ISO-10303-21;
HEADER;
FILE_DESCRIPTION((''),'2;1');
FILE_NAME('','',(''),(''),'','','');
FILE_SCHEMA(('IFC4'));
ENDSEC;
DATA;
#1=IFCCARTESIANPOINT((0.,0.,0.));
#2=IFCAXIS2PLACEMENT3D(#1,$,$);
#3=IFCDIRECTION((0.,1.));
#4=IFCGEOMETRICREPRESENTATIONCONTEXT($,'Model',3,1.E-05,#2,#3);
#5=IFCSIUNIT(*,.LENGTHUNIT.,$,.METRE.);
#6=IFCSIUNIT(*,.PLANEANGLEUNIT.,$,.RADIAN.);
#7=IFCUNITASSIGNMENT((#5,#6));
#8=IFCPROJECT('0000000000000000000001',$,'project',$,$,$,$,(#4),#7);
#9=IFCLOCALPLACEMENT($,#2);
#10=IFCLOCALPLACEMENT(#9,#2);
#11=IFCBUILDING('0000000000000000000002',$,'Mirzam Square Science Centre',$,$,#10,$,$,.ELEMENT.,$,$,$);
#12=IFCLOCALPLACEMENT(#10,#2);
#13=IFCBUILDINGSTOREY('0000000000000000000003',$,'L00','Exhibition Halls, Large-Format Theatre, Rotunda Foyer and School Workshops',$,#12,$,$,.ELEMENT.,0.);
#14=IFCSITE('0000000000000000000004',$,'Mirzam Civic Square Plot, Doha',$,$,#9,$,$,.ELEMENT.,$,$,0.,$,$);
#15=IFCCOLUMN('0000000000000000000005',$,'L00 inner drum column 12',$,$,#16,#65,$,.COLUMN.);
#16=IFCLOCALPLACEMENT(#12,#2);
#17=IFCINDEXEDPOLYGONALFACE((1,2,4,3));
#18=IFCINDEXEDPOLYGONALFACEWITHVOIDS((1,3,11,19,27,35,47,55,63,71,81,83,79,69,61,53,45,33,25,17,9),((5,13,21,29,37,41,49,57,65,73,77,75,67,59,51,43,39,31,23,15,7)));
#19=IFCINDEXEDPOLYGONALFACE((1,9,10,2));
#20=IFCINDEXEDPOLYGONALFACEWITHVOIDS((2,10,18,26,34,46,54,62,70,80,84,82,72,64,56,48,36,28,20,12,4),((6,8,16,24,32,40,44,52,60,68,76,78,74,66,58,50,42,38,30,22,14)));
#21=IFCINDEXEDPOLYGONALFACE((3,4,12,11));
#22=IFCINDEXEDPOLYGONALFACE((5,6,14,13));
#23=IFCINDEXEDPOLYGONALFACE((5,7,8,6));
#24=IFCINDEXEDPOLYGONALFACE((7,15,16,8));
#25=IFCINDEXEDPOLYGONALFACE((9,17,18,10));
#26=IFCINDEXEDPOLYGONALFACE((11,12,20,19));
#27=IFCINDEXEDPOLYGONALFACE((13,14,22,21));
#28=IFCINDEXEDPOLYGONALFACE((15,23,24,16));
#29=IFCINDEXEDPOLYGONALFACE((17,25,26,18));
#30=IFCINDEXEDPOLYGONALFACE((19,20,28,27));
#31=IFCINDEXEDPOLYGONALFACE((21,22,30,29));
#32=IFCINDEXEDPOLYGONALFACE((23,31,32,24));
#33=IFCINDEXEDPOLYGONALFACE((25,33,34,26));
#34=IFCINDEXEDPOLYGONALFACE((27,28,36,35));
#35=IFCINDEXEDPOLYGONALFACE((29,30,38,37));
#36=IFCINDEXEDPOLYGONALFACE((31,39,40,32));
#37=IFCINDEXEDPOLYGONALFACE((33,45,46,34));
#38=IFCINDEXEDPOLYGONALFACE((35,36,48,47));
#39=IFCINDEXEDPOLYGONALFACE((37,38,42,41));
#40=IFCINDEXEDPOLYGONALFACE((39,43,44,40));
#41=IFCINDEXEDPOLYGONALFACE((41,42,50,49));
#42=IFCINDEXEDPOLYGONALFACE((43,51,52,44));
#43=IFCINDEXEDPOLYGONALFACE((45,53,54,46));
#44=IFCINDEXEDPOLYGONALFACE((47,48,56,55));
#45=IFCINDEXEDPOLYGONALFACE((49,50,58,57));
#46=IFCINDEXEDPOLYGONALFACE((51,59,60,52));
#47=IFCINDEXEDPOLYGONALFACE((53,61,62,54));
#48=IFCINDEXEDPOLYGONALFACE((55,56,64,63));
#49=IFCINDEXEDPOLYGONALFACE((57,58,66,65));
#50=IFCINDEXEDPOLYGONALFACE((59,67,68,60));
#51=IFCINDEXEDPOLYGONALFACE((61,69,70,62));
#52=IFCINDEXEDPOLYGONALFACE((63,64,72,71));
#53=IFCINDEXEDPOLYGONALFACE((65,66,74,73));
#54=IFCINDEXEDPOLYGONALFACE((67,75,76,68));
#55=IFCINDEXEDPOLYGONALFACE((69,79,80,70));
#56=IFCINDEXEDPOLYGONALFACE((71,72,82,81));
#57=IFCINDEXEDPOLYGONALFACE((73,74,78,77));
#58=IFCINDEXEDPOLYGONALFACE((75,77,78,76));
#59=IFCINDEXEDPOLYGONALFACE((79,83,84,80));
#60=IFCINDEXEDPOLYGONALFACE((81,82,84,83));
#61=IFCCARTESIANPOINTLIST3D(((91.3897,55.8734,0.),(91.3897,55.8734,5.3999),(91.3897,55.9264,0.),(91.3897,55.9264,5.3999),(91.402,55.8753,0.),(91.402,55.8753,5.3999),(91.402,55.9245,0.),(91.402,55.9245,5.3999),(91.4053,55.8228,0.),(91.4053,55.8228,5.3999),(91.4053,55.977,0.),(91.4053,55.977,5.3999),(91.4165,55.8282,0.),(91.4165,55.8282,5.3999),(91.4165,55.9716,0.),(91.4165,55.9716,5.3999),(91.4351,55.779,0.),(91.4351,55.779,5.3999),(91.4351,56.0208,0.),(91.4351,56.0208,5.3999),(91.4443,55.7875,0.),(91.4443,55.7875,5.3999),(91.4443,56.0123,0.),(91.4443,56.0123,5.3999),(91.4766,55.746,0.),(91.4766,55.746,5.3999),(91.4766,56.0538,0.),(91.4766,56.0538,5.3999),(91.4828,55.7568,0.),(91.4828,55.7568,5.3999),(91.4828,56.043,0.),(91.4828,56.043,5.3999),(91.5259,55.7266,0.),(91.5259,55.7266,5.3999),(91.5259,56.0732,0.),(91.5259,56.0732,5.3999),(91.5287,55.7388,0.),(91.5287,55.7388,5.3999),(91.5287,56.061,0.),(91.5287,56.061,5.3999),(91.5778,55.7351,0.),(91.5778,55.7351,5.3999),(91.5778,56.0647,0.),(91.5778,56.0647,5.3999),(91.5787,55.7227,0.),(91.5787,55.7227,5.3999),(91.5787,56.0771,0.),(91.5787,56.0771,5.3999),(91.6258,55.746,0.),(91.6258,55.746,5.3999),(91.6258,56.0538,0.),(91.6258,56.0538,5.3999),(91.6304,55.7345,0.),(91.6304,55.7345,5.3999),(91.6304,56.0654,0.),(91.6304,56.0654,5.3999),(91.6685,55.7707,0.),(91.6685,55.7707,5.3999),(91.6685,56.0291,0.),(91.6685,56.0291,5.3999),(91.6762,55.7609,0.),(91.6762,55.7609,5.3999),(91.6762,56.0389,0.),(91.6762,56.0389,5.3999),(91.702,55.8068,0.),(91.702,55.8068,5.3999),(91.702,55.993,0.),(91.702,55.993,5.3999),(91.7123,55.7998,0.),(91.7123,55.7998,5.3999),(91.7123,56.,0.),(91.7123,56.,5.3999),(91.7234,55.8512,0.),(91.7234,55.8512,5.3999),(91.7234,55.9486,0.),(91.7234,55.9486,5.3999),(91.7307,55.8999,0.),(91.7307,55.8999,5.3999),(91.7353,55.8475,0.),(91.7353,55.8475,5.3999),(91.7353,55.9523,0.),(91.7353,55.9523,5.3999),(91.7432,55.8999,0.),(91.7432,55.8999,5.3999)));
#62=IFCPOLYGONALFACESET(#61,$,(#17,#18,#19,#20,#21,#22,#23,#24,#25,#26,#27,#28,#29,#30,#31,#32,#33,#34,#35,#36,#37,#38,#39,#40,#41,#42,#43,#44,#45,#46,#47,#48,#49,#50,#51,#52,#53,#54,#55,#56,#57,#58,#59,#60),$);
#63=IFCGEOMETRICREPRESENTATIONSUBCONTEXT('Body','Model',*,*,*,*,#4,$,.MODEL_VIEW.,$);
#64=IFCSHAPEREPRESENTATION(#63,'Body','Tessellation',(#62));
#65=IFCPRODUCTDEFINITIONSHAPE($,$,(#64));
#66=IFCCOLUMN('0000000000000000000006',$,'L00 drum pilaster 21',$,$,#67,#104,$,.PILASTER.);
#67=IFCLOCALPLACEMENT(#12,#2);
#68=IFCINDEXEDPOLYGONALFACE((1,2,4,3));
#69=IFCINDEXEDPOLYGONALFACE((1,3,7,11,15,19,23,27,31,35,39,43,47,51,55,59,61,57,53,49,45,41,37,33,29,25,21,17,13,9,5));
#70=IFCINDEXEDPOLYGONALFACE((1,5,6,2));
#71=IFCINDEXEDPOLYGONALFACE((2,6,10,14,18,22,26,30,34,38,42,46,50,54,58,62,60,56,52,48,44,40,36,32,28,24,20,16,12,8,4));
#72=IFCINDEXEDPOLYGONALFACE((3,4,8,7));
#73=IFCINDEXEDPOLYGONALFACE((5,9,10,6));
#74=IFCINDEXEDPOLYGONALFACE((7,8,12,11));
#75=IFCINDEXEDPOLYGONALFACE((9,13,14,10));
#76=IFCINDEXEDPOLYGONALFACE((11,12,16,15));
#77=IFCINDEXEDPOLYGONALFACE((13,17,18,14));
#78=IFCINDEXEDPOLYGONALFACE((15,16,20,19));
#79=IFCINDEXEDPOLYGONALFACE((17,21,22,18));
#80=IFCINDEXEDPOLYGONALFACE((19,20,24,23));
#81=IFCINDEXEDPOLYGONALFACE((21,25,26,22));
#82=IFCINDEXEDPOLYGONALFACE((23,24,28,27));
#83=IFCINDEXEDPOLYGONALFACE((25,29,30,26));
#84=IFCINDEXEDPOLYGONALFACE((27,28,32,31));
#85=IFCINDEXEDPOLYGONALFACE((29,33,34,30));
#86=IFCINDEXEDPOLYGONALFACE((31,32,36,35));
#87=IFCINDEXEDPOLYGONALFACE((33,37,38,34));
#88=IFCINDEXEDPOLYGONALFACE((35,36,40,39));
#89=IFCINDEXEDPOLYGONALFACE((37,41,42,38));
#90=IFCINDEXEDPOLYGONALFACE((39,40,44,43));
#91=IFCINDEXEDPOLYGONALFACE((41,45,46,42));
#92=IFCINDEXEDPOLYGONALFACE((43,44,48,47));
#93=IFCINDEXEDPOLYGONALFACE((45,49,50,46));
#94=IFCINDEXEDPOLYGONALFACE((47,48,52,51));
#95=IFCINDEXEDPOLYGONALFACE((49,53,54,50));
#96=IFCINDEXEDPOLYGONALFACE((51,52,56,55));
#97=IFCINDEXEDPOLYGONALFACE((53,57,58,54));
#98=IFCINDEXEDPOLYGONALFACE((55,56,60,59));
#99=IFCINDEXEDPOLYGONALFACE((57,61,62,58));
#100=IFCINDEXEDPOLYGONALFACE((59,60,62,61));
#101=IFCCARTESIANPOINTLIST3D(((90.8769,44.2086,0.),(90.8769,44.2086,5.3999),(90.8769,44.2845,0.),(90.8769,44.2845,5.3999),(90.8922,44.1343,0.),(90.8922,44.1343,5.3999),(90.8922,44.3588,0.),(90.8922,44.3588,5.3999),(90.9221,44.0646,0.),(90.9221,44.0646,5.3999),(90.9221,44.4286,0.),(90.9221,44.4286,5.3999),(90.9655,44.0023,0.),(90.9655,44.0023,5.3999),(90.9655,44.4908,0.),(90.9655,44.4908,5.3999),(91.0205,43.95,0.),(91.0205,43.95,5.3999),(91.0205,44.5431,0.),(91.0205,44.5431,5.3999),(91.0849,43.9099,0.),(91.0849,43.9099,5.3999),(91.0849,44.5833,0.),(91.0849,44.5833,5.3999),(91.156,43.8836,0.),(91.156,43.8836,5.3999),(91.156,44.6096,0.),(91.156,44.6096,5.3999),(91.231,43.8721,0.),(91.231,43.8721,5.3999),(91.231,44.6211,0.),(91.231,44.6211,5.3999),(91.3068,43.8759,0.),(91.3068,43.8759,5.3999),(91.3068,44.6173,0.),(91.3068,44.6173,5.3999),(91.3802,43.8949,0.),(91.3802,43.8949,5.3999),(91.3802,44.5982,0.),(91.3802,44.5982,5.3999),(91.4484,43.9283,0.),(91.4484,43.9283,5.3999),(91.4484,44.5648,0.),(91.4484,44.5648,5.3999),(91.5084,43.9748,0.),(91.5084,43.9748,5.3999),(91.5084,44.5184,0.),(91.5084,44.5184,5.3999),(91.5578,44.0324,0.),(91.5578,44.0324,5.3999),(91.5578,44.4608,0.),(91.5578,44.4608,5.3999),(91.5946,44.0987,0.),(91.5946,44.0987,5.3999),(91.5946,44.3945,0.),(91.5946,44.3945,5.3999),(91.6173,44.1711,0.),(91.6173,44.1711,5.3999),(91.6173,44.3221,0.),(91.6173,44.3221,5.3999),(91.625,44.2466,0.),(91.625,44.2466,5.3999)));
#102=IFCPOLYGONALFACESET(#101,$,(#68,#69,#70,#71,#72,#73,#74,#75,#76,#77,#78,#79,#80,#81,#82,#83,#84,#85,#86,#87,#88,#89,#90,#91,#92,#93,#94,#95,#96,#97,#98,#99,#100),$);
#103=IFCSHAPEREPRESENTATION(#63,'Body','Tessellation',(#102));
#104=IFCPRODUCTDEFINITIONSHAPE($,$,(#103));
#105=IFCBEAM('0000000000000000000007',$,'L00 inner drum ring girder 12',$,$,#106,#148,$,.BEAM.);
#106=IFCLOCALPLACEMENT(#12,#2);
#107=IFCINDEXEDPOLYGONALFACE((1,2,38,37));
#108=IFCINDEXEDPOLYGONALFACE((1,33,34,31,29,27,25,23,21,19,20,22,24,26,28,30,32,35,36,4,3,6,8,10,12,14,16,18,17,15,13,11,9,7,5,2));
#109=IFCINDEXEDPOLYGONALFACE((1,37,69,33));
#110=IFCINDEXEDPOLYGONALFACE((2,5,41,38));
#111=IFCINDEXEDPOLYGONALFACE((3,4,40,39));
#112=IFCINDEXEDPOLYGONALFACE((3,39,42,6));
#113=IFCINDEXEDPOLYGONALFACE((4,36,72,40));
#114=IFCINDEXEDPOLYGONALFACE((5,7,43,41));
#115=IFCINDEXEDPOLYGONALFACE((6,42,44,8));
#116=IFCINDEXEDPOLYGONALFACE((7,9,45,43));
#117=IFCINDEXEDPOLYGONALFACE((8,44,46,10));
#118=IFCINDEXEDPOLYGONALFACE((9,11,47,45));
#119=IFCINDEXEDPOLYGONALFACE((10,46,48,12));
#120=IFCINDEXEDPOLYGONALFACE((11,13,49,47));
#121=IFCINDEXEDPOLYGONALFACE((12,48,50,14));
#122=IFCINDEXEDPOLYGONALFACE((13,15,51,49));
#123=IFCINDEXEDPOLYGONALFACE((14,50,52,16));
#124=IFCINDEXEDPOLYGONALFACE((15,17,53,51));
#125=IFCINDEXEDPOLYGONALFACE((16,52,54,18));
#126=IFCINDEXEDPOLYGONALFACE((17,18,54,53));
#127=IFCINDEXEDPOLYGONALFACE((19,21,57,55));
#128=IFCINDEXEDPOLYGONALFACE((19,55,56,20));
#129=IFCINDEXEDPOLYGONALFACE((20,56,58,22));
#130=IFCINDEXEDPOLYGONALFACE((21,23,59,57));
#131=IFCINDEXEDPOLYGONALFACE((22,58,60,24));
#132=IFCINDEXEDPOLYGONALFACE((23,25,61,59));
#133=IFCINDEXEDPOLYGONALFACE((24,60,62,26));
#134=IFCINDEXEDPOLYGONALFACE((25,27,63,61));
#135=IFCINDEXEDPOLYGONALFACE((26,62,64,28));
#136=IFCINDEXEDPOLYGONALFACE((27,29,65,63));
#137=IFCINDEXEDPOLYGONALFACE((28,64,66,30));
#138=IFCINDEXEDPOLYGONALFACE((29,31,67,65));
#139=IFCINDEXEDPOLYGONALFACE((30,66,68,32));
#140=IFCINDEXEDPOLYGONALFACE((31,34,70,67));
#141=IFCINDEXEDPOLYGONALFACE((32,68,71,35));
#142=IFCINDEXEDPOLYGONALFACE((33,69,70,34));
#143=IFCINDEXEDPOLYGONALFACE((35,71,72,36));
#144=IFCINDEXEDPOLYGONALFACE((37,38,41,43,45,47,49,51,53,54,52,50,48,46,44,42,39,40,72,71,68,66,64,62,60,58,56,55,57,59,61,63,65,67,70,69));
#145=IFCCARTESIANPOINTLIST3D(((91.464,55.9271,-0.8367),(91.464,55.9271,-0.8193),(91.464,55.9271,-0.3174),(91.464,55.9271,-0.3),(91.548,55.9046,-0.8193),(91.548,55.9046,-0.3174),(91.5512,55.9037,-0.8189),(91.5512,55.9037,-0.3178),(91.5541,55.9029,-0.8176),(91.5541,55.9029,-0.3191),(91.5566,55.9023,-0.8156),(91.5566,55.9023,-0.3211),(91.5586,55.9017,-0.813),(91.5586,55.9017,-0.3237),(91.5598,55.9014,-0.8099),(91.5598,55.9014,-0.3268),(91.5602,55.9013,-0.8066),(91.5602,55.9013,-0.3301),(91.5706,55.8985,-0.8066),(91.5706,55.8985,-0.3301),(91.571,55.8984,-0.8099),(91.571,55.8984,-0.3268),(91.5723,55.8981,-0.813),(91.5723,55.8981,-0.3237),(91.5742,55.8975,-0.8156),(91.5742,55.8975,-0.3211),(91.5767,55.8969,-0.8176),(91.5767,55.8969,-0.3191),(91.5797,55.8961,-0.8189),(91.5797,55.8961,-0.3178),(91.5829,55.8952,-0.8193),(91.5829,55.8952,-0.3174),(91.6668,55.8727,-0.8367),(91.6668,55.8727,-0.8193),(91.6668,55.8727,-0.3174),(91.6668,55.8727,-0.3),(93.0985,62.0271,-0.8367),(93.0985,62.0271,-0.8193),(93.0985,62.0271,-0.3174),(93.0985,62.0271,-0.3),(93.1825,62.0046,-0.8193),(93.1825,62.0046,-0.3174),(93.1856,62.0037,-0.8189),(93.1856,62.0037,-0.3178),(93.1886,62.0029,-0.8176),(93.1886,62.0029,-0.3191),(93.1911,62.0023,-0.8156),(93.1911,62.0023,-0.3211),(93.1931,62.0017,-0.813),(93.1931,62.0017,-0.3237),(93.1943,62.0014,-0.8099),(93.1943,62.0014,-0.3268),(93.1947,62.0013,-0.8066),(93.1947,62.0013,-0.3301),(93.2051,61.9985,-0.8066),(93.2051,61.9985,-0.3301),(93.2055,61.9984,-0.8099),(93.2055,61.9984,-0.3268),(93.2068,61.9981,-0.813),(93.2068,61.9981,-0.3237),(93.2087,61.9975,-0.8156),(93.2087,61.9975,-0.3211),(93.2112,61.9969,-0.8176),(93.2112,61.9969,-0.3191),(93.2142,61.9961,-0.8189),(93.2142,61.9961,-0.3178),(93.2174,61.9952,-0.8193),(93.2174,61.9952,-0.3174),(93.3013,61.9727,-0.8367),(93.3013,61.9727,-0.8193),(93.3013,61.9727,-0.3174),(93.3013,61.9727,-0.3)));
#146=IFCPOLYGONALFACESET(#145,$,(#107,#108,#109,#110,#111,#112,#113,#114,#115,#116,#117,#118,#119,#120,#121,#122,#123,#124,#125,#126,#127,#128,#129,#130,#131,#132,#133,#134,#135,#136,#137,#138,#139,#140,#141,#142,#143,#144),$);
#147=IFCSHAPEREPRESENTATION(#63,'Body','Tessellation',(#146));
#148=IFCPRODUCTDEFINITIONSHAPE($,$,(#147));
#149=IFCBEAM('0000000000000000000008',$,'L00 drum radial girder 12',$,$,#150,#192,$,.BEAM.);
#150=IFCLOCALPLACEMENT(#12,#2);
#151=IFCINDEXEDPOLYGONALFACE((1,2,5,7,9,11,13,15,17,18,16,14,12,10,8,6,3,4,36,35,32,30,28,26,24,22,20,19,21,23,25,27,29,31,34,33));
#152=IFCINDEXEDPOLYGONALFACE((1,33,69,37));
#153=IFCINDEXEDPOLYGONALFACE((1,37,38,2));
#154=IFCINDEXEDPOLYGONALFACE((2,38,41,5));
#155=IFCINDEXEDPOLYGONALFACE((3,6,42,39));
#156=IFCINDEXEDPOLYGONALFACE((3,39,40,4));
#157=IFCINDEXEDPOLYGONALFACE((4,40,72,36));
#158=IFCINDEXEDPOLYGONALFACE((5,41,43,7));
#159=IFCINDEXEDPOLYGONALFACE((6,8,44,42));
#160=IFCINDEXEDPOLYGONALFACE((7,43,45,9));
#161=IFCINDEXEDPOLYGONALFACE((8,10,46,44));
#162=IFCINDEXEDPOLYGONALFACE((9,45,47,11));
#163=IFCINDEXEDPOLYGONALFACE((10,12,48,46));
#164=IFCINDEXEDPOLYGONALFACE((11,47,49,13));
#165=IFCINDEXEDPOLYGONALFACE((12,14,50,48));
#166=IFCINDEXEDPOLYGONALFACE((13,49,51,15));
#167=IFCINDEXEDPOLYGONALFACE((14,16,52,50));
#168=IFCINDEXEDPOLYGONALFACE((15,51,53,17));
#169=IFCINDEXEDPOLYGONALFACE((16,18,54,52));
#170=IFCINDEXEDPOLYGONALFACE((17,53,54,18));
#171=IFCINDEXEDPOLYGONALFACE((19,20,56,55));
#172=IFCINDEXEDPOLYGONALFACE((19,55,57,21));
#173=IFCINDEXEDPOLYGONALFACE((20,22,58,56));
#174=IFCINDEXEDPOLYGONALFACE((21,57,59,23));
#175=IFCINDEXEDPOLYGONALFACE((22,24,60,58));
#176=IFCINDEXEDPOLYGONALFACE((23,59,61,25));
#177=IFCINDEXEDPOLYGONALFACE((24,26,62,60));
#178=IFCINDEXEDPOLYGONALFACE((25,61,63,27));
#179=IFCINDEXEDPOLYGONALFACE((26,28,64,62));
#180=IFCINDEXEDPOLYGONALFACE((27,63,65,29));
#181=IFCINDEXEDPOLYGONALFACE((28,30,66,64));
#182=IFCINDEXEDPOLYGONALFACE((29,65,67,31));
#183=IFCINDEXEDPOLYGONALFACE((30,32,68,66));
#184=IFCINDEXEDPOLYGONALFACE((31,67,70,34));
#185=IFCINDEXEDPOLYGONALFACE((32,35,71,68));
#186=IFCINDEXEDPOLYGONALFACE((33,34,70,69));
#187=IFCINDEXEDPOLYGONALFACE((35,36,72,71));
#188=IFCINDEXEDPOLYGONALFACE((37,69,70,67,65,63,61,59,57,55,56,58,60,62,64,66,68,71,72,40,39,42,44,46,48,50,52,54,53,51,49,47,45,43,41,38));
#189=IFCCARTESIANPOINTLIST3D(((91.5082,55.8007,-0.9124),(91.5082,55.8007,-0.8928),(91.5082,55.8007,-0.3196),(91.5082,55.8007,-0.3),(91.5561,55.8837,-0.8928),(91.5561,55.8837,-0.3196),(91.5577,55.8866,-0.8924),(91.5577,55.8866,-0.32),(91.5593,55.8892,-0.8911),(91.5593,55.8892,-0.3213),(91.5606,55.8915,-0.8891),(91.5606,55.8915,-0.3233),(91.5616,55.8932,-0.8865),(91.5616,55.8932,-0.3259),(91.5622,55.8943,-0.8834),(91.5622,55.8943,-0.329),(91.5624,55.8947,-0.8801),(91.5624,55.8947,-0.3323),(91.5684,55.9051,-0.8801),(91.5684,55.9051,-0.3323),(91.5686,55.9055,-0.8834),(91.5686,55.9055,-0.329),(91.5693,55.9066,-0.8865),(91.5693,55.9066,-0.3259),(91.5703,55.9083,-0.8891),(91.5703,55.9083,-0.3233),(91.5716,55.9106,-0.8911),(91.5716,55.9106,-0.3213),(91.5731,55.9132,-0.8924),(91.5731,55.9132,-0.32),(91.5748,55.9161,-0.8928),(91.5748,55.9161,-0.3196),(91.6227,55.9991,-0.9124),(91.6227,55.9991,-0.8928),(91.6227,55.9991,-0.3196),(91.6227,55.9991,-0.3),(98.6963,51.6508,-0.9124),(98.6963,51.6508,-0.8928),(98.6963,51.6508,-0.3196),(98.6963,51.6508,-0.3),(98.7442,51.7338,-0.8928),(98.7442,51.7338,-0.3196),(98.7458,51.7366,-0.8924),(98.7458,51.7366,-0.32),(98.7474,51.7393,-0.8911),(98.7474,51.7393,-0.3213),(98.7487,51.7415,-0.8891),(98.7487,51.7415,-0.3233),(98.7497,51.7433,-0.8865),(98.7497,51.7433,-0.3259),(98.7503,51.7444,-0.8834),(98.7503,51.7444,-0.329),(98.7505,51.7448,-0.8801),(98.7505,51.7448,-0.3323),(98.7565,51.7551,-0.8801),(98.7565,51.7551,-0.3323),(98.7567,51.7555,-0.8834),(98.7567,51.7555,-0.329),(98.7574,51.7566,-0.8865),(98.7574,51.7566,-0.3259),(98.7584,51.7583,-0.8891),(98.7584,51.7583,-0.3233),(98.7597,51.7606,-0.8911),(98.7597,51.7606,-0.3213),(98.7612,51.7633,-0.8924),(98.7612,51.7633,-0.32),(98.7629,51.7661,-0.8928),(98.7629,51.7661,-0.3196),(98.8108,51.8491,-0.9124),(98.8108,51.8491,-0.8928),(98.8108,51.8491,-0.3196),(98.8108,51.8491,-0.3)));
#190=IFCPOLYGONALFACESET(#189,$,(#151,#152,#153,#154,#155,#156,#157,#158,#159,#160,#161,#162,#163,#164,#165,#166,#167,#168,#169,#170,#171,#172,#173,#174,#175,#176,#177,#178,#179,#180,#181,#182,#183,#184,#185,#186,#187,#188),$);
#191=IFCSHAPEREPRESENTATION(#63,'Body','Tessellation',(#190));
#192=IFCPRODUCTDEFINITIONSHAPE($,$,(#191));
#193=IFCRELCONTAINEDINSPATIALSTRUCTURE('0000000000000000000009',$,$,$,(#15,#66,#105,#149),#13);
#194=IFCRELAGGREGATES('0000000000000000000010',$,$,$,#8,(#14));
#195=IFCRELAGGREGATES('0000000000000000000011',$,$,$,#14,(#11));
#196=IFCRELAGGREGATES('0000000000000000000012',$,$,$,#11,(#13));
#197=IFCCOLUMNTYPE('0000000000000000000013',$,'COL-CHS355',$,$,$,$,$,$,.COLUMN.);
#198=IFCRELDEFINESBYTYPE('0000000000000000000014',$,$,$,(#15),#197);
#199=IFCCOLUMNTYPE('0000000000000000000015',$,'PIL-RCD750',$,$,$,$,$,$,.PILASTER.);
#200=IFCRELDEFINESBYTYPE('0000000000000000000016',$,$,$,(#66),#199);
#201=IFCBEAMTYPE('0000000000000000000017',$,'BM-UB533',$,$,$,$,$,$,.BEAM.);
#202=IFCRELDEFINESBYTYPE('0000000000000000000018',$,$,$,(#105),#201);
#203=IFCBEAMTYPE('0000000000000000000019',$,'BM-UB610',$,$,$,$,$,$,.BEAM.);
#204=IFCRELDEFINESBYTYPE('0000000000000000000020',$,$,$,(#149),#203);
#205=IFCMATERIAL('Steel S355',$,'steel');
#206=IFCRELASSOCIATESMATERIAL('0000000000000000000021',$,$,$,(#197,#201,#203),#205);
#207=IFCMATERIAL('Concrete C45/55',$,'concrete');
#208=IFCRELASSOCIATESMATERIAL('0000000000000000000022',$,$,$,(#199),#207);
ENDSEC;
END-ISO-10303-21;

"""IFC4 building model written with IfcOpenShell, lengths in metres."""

from ifc_helpers import new_model, si_unit, direction, frame, origin, origin_2d, place, context, subcontext, project, spatial, circle, hollow_circle, i_section, extrude, material, material_profile, profile_set, type_object, element, save


model = new_model("IFC4")

# Units and contexts
model_context = context("Model", 3, precision=1e-05, world=origin(), true_north=direction((0.0, 1.0)))
body_context = subcontext(model_context, "Body", "Model", "MODEL_VIEW")
ifc_project = project(units=[si_unit("LENGTHUNIT", "METRE"), si_unit("PLANEANGLEUNIT", "RADIAN")], contexts=[model_context])

# Site, building, storey
site_placement = place(None, origin())
site = spatial("IfcSite", under=ifc_project, at=site_placement, Name="Mirzam Civic Square Plot, Doha", CompositionType="ELEMENT", RefElevation=0.0)
building_placement = place(site_placement, origin())
building = spatial("IfcBuilding", under=site, at=building_placement, Name="Mirzam Square Science Centre", CompositionType="ELEMENT")
storey_placement = place(building_placement, origin())
storey = spatial("IfcBuildingStorey", under=building, at=storey_placement, Name="L00", Description="Exhibition Halls, Large-Format Theatre, Rotunda Foyer and School Workshops", CompositionType="ELEMENT", Elevation=0.0)

# Columns
ifc_material_1 = material(Name="Steel S355", Category="steel")
ifc_material_profile_1 = material_profile(ifc_material_1, hollow_circle(Radius=0.1777, WallThickness=0.0125, at=origin_2d()), Name="355.6x12.5CHS")
ifc_profile_set_1 = profile_set([ifc_material_profile_1], Name="Steel S355")
column_type_1 = type_object("IfcColumnType", Name="COL-CHS355", PredefinedType="COLUMN", material=ifc_profile_set_1)
column_1_placement = place(storey_placement, frame((91.5654, 55.8999, 0.0), z_axis=(0.0, 0.0, 1.0), x_axis=(1.0, 0.0, 0.0)))
element("IfcColumn", 1, at=column_1_placement, inside=storey, type_object=column_type_1, Name="L00 inner drum column 12", PredefinedType="COLUMN", context=body_context, shape_type="SweptSolid", body=[
    extrude(hollow_circle(Radius=0.1777, WallThickness=0.0125, at=origin_2d()), origin(), (0.0, 0.0, 1.0), 5.3999),
])
ifc_material_2 = material(Name="Concrete C45/55", Category="concrete")
ifc_material_profile_2 = material_profile(ifc_material_2, circle(Radius=0.375, at=origin_2d()), Name="RCD750")
ifc_profile_set_2 = profile_set([ifc_material_profile_2], Name="Concrete C45/55")
column_type_2 = type_object("IfcColumnType", Name="PIL-RCD750", PredefinedType="PILASTER", material=ifc_profile_set_2)
column_2_placement = place(storey_placement, frame((91.25, 44.2466, 0.0), z_axis=(0.0, 0.0, 1.0), x_axis=(1.0, 0.0, 0.0)))
element("IfcColumn", 2, at=column_2_placement, inside=storey, type_object=column_type_2, Name="L00 drum pilaster 21", PredefinedType="PILASTER", context=body_context, shape_type="SweptSolid", body=[
    extrude(circle(Radius=0.375, at=origin_2d()), origin(), (0.0, 0.0, 1.0), 5.3999),
])

# Beams
ifc_material_profile_3 = material_profile(ifc_material_1, i_section(OverallWidth=0.21, OverallDepth=0.5366, WebThickness=0.0107, FlangeThickness=0.0173, FilletRadius=0.0127, at=origin_2d()), Name="533x210x101UB")
ifc_profile_set_3 = profile_set([ifc_material_profile_3], Name="Steel S355")
beam_type_1 = type_object("IfcBeamType", Name="BM-UB533", PredefinedType="BEAM", material=ifc_profile_set_3)
beam_1_placement = place(storey_placement, frame((91.5654, 55.8999, -0.5684), z_axis=(0.25882, 0.965926, 0.0), x_axis=(-0.965926, 0.25882, 0.0)))
element("IfcBeam", 3, at=beam_1_placement, inside=storey, type_object=beam_type_1, Name="L00 inner drum ring girder 12", PredefinedType="BEAM", context=body_context, shape_type="SweptSolid", body=[
    extrude(i_section(OverallWidth=0.21, OverallDepth=0.5366, WebThickness=0.0107, FlangeThickness=0.0173, FilletRadius=0.0127, at=origin_2d()), origin(), (0.0, 0.0, 1.0), 6.3152),
])
ifc_material_profile_4 = material_profile(ifc_material_1, i_section(OverallWidth=0.229, OverallDepth=0.6123, WebThickness=0.012, FlangeThickness=0.0195, FilletRadius=0.0127, at=origin_2d()), Name="610x229x125UB")
ifc_profile_set_4 = profile_set([ifc_material_profile_4], Name="Steel S355")
beam_type_2 = type_object("IfcBeamType", Name="BM-UB610", PredefinedType="BEAM", material=ifc_profile_set_4)
beam_2_placement = place(storey_placement, frame((91.5654, 55.8999, -0.6062), z_axis=(0.86603, -0.499992, 0.0), x_axis=(0.499992, 0.86603, 0.0)))
element("IfcBeam", 4, at=beam_2_placement, inside=storey, type_object=beam_type_2, Name="L00 drum radial girder 12", PredefinedType="BEAM", context=body_context, shape_type="SweptSolid", body=[
    extrude(i_section(OverallWidth=0.229, OverallDepth=0.6123, WebThickness=0.012, FlangeThickness=0.0195, FilletRadius=0.0127, at=origin_2d()), origin(), (0.0, 0.0, 1.0), 8.3),
])

save(model, "model.ifc")
